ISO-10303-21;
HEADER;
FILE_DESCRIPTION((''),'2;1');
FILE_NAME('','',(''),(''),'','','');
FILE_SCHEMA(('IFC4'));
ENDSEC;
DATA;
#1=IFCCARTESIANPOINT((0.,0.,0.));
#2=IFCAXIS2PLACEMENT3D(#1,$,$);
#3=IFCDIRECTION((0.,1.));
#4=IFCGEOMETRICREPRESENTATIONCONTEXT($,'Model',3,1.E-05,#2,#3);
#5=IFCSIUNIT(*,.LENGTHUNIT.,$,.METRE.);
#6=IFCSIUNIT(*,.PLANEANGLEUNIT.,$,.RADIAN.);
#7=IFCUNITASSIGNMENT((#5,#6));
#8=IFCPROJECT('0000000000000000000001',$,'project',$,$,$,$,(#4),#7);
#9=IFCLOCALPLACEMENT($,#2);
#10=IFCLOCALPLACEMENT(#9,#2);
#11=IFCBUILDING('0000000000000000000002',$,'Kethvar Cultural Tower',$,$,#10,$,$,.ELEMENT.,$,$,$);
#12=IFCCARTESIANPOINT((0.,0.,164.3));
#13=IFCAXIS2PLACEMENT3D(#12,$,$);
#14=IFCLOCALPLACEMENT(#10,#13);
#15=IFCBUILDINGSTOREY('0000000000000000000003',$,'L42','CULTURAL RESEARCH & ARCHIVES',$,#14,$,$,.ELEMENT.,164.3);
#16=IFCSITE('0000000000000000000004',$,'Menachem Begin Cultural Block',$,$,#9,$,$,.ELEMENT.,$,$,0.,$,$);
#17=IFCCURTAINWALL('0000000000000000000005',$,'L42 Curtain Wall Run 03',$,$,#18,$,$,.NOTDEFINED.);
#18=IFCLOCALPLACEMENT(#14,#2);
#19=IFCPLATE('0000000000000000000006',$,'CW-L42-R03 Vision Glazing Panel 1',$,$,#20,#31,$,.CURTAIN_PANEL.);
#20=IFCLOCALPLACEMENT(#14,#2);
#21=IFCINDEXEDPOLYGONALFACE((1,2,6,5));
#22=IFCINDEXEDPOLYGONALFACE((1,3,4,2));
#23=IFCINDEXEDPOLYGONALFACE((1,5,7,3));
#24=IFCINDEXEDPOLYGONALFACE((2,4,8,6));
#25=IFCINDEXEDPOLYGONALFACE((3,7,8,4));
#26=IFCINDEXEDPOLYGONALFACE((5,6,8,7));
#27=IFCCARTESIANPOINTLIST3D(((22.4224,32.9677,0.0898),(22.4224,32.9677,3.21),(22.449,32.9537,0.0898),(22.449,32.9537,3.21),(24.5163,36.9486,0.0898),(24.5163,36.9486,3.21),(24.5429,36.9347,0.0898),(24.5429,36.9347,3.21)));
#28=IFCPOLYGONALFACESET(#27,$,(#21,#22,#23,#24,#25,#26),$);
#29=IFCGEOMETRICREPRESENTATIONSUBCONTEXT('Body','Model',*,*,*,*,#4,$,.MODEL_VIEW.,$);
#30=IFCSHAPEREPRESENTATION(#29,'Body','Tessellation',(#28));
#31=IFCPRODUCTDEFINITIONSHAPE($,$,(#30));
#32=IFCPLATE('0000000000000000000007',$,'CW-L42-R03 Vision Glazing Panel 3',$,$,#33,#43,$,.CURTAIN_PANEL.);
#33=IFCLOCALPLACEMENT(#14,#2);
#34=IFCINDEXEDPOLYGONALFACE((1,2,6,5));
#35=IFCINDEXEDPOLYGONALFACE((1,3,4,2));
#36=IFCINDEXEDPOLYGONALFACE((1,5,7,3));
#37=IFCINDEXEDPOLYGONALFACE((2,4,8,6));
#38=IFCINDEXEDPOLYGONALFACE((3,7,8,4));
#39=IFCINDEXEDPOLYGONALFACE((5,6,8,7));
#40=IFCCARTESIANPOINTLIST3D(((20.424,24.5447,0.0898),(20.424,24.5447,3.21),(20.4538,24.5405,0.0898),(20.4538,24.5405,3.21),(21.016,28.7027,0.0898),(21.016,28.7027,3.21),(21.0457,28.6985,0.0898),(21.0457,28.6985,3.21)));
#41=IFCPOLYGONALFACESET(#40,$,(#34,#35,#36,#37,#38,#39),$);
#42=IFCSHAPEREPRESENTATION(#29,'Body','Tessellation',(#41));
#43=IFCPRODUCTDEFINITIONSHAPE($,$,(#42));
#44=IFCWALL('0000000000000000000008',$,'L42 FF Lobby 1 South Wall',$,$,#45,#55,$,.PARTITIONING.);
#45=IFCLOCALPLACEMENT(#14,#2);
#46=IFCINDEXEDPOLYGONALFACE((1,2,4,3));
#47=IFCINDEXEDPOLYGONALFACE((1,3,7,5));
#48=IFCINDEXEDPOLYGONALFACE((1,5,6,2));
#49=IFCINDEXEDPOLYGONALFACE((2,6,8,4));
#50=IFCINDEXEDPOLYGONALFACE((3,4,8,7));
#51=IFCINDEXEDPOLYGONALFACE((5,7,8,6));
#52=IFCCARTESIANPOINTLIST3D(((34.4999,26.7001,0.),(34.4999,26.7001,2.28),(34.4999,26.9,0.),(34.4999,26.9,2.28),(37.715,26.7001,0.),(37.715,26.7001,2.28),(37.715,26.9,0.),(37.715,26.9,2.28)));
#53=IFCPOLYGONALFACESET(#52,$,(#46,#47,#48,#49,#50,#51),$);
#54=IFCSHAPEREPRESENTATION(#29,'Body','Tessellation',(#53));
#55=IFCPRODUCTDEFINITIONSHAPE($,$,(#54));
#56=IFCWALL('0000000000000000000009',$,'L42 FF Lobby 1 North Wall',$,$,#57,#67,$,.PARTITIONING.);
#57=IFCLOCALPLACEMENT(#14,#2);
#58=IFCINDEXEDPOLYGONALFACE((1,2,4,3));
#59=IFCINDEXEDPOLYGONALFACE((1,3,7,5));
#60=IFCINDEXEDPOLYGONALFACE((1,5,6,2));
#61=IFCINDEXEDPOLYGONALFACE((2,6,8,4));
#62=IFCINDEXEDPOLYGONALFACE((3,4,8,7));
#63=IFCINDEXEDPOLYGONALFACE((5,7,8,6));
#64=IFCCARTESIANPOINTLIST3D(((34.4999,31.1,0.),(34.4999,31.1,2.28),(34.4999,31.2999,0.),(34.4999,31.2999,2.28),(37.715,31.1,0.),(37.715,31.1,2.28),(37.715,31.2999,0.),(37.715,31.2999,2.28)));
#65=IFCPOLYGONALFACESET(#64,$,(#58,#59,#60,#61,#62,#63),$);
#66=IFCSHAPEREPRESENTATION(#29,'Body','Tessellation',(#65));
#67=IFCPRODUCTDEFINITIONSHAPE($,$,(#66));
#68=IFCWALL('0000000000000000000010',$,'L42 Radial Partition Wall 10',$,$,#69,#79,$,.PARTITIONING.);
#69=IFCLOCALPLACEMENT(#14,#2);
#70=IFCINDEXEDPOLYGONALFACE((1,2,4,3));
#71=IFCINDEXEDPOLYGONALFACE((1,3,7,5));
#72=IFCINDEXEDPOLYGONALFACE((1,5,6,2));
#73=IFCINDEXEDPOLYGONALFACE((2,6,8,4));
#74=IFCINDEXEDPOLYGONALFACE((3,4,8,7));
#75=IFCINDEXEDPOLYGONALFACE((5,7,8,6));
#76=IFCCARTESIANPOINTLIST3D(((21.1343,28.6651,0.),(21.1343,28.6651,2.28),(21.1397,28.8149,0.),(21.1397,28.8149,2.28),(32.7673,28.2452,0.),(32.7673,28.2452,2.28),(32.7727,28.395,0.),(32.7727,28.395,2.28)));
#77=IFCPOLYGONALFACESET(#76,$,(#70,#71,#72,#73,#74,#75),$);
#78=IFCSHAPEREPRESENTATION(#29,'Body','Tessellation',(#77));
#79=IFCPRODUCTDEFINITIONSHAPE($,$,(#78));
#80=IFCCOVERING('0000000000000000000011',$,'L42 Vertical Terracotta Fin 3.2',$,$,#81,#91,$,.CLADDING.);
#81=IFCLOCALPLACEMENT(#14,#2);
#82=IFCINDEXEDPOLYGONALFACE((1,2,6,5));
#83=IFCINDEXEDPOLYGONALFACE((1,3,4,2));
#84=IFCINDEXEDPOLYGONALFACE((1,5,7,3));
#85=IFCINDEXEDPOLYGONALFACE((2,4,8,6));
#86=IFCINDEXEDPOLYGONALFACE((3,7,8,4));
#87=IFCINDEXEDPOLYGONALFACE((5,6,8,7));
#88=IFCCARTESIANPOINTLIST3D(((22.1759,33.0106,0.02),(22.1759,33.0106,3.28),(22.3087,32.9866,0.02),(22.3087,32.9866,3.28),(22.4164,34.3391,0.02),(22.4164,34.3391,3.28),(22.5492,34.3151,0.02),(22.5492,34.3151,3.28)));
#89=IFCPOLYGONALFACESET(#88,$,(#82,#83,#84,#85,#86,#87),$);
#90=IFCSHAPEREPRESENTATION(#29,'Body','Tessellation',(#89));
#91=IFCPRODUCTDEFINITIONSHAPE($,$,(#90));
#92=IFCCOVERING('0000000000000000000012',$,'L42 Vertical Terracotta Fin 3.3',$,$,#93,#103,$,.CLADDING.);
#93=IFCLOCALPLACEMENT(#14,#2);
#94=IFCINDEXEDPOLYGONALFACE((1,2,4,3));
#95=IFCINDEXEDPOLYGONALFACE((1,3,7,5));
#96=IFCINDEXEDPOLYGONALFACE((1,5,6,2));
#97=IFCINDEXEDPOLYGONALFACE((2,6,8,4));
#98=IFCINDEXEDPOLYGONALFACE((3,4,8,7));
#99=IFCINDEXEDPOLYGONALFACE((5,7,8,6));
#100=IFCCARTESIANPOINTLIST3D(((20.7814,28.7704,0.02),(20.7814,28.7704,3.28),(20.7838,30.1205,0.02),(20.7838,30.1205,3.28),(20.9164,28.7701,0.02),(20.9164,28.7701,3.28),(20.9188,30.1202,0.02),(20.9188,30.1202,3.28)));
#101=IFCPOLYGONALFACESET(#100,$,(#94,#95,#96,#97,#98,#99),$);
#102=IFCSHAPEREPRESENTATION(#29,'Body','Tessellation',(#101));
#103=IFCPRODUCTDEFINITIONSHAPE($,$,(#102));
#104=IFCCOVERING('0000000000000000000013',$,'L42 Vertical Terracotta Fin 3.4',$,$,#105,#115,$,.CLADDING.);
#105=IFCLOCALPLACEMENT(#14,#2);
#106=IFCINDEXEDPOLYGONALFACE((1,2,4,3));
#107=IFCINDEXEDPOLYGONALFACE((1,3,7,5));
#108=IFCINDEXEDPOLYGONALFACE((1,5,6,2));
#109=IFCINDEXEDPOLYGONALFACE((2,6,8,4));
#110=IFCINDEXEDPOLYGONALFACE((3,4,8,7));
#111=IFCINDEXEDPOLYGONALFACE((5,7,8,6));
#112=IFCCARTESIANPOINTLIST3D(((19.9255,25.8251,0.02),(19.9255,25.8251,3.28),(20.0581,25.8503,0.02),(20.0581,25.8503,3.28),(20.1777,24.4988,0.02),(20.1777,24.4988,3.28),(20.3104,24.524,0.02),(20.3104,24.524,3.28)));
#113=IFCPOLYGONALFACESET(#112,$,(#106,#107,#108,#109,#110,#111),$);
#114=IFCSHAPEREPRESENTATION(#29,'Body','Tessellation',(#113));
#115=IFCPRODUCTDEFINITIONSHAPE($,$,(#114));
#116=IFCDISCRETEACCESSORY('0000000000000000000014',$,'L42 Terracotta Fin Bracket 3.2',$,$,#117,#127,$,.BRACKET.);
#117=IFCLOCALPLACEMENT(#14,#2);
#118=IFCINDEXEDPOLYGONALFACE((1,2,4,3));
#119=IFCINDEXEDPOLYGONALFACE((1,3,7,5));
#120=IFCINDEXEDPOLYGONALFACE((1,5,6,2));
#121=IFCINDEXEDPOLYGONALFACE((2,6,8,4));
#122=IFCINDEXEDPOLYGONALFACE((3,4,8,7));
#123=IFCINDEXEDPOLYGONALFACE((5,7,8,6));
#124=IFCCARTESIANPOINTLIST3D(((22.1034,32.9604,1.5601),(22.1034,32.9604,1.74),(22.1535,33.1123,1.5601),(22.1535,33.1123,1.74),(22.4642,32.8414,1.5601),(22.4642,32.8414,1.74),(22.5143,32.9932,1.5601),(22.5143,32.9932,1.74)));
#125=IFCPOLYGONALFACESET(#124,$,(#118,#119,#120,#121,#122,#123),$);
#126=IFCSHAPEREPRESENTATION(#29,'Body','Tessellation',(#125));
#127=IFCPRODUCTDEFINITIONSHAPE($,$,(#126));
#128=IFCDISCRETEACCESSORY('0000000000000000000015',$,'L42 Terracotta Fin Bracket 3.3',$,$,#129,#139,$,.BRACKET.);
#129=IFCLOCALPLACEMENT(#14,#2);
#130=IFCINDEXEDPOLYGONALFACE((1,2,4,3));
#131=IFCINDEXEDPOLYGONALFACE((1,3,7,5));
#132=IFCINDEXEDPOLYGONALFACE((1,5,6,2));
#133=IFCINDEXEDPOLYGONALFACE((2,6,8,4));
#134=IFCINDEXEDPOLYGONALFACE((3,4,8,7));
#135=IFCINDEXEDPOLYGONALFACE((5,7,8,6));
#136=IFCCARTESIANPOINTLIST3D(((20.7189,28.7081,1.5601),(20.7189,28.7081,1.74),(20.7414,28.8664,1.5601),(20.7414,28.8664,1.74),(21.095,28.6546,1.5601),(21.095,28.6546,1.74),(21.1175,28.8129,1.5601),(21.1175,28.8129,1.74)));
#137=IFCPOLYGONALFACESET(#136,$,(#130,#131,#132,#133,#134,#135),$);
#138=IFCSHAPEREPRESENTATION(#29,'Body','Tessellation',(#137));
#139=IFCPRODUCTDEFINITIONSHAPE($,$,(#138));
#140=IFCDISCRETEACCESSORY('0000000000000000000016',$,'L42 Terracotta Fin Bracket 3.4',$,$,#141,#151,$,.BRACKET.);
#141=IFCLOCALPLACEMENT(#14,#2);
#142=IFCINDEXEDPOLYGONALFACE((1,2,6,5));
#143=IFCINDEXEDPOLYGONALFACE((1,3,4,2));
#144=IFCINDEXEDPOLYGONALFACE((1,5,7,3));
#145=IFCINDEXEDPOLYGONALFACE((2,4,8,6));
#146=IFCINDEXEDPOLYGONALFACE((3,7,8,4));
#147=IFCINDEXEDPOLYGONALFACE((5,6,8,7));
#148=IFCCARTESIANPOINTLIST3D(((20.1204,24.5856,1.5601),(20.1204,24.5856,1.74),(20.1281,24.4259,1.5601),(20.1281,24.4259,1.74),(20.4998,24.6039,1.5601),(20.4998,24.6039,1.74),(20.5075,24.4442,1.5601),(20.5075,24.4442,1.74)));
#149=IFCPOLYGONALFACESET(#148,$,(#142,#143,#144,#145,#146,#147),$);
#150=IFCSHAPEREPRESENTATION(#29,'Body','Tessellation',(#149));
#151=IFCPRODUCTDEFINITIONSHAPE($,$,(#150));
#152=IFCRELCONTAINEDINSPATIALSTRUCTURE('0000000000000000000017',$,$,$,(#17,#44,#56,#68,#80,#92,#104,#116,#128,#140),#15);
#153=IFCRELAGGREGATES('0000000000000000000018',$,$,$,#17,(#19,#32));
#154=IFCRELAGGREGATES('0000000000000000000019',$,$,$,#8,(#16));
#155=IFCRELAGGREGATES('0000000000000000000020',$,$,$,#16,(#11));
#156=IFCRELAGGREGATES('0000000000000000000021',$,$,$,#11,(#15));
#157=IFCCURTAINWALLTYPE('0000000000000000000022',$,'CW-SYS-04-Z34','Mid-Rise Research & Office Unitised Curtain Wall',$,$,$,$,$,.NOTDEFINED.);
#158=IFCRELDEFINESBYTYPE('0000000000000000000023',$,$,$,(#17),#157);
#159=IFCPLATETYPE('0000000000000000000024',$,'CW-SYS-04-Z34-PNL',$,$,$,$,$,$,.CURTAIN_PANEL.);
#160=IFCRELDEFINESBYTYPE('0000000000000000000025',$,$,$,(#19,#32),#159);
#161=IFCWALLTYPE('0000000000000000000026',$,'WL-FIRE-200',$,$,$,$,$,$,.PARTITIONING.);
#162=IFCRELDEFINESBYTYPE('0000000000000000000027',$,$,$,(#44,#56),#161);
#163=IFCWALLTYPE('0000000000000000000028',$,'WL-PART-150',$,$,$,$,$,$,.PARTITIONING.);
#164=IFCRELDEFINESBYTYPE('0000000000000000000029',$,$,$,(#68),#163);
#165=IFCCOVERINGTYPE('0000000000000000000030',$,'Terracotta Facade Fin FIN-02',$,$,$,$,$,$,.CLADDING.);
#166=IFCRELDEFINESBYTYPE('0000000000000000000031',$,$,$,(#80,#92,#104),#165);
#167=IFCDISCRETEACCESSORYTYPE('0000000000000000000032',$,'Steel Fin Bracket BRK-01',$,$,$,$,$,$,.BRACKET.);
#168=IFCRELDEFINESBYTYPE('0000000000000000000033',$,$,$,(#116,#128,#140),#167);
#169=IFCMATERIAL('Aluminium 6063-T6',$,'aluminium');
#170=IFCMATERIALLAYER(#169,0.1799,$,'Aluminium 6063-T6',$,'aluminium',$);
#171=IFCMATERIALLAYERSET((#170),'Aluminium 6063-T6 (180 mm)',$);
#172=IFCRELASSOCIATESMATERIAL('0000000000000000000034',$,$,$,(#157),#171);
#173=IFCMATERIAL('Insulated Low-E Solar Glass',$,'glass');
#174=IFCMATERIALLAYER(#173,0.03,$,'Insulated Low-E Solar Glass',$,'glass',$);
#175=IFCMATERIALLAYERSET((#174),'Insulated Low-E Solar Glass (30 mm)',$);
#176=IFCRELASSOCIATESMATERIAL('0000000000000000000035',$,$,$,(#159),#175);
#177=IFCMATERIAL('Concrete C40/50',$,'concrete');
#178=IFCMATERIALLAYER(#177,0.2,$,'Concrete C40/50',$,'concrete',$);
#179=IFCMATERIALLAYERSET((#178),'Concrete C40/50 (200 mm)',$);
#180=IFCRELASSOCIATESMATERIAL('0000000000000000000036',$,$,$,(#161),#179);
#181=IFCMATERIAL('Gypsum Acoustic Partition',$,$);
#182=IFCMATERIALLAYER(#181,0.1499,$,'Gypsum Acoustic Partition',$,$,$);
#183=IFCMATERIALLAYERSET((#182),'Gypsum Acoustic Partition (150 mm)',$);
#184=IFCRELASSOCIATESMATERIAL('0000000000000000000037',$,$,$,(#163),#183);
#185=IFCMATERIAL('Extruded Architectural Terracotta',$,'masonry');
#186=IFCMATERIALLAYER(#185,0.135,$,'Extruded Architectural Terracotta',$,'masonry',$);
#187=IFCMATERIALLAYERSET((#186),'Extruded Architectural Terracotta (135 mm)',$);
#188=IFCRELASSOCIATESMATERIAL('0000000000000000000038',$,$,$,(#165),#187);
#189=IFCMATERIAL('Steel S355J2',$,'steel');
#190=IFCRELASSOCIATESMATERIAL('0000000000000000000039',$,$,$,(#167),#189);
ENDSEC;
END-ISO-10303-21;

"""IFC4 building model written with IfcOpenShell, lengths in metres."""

from ifc_helpers import new_model, si_unit, direction, frame, frame_2d, origin, origin_2d, place, context, subcontext, project, spatial, rectangle, extrude, source, transform, mapped, material, layer, layer_set, type_object, element, aggregate, save


model = new_model("IFC4")

# Units and contexts
model_context = context("Model", 3, precision=1e-05, world=origin(), true_north=direction((0.0, 1.0)))
body_context = subcontext(model_context, "Body", "Model", "MODEL_VIEW")
ifc_project = project(units=[si_unit("LENGTHUNIT", "METRE"), si_unit("PLANEANGLEUNIT", "RADIAN")], contexts=[model_context])

# Site, building, storey
site_placement = place(None, origin())
site = spatial("IfcSite", under=ifc_project, at=site_placement, Name="Menachem Begin Cultural Block", CompositionType="ELEMENT", RefElevation=0.0)
building_placement = place(site_placement, origin())
building = spatial("IfcBuilding", under=site, at=building_placement, Name="Kethvar Cultural Tower", CompositionType="ELEMENT")
storey_placement = place(building_placement, frame((0.0, 0.0, 164.3)))
storey = spatial("IfcBuildingStorey", under=building, at=storey_placement, Name="L42", Description="CULTURAL RESEARCH & ARCHIVES", CompositionType="ELEMENT", Elevation=164.3)

# Shared definitions
ifc_material_1 = material(Name="Steel S355J2", Category="steel")

# Curtain wall, plates
ifc_material_2 = material(Name="Aluminium 6063-T6", Category="aluminium")
ifc_layer_1 = layer(ifc_material_2, 0.1799, Name="Aluminium 6063-T6", Category="aluminium")
ifc_layer_set_1 = layer_set([ifc_layer_1], Name="Aluminium 6063-T6 (180 mm)")
curtain_wall_type = type_object("IfcCurtainWallType", Name="CW-SYS-04-Z34", Description="Mid-Rise Research & Office Unitised Curtain Wall", PredefinedType="NOTDEFINED", material=ifc_layer_set_1)
curtain_wall_placement = place(storey_placement, origin())
curtain_wall = element("IfcCurtainWall", 1, at=curtain_wall_placement, inside=storey, type_object=curtain_wall_type, Name="L42 Curtain Wall Run 03", PredefinedType="NOTDEFINED")
ifc_material_3 = material(Name="Insulated Low-E Solar Glass", Category="glass")
ifc_layer_2 = layer(ifc_material_3, 0.03, Name="Insulated Low-E Solar Glass", Category="glass")
ifc_layer_set_2 = layer_set([ifc_layer_2], Name="Insulated Low-E Solar Glass (30 mm)")
plate_type = type_object("IfcPlateType", Name="CW-SYS-04-Z34-PNL", PredefinedType="CURTAIN_PANEL", material=ifc_layer_set_2)
shared_shape_1 = source(origin(), body_context, "Body", "SweptSolid", [
    extrude(rectangle(XDim=4.498, YDim=0.03, at=origin_2d()), origin(), (0.0, 0.0, 1.0), 3.1201),
])
plate_1_placement = place(storey_placement, frame((23.4827, 34.9512, 0.0898), z_axis=(0.0, 0.0, 1.0), x_axis=(-0.465506, -0.885045, 0.0)))
plate_1 = element("IfcPlate", 2, at=plate_1_placement, type_object=plate_type, Name="CW-L42-R03 Vision Glazing Panel 1", PredefinedType="CURTAIN_PANEL", context=body_context, shape_type="MappedRepresentation", body=[
    mapped(shared_shape_1, transform((0.0, 0.0, 0.0), scale=1.0)),
])
shared_shape_2 = source(origin(), body_context, "Body", "SweptSolid", [
    extrude(rectangle(XDim=4.2, YDim=0.03, at=origin_2d()), origin(), (0.0, 0.0, 1.0), 3.1201),
])
plate_2_placement = place(storey_placement, frame((20.7349, 26.6216, 0.0898), z_axis=(0.0, 0.0, 1.0), x_axis=(-0.140936, -0.990019, 0.0)))
plate_2 = element("IfcPlate", 3, at=plate_2_placement, type_object=plate_type, Name="CW-L42-R03 Vision Glazing Panel 3", PredefinedType="CURTAIN_PANEL", context=body_context, shape_type="MappedRepresentation", body=[
    mapped(shared_shape_2, transform((0.0, 0.0, 0.0), scale=1.0)),
])
aggregate(curtain_wall, [plate_1, plate_2])

# Shared definitions
ifc_material_4 = material(Name="Concrete C40/50", Category="concrete")
ifc_layer_3 = layer(ifc_material_4, 0.2, Name="Concrete C40/50", Category="concrete")
ifc_layer_set_3 = layer_set([ifc_layer_3], Name="Concrete C40/50 (200 mm)")
wall_type_1 = type_object("IfcWallType", Name="WL-FIRE-200", PredefinedType="PARTITIONING", material=ifc_layer_set_3)

# Walls
for number, where, z_axis, x_axis, name in (
    (4, (34.5, 26.8, 0.0), (0.0, 0.0, 1.0), (1.0, 0.0, 0.0), "L42 FF Lobby 1 South Wall"),
    (5, (34.5, 31.2, 0.0), (0.0, 0.0, 1.0), (1.0, 0.0, 0.0), "L42 FF Lobby 1 North Wall"),
):
    element("IfcWall", number, at=place(storey_placement, frame(where, z_axis=z_axis, x_axis=x_axis)), inside=storey, type_object=wall_type_1, Name=name, PredefinedType="PARTITIONING", context=body_context, shape_type="SweptSolid", body=[
        extrude(rectangle(XDim=3.2151, YDim=0.2, at=frame_2d((1.6074, 0.0))), origin(), (0.0, 0.0, 1.0), 2.28),
    ])
ifc_material_5 = material(Name="Gypsum Acoustic Partition")
ifc_layer_4 = layer(ifc_material_5, 0.1499, Name="Gypsum Acoustic Partition")
ifc_layer_set_4 = layer_set([ifc_layer_4], Name="Gypsum Acoustic Partition (150 mm)")
wall_type_2 = type_object("IfcWallType", Name="WL-PART-150", PredefinedType="PARTITIONING", material=ifc_layer_set_4)
wall_1_placement = place(storey_placement, frame((32.77, 28.3201, 0.0), z_axis=(0.0, 0.0, 1.0), x_axis=(-0.999349, 0.036074, 0.0)))
element("IfcWall", 6, at=wall_1_placement, inside=storey, type_object=wall_type_2, Name="L42 Radial Partition Wall 10", PredefinedType="PARTITIONING", context=body_context, shape_type="SweptSolid", body=[
    extrude(rectangle(XDim=11.6406, YDim=0.1499, at=frame_2d((5.8203, 0.0))), origin(), (0.0, 0.0, 1.0), 2.28),
])

# Coverings
ifc_material_6 = material(Name="Extruded Architectural Terracotta", Category="masonry")
ifc_layer_5 = layer(ifc_material_6, 0.135, Name="Extruded Architectural Terracotta", Category="masonry")
ifc_layer_set_5 = layer_set([ifc_layer_5], Name="Extruded Architectural Terracotta (135 mm)")
covering_type = type_object("IfcCoveringType", Name="Terracotta Facade Fin FIN-02", PredefinedType="CLADDING", material=ifc_layer_set_5)
shared_shape_3 = source(origin(), body_context, "Body", "SweptSolid", [
    extrude(rectangle(XDim=1.3501, YDim=0.135, at=origin_2d()), origin(), (0.0, 0.0, 1.0), 3.26),
])
for number, where, z_axis, x_axis, name in (
    (7, (22.3625, 33.6628, 0.02), (0.0, 0.0, 1.0), (0.178115, 0.98401, 0.0), "L42 Vertical Terracotta Fin 3.2"),
    (8, (20.8501, 29.4453, 0.02), (0.0, 0.0, 1.0), (0.001745, 0.999998, 0.0), "L42 Vertical Terracotta Fin 3.3"),
    (9, (20.1179, 25.1746, 0.02), (0.0, 0.0, 1.0), (-0.186867, 0.982385, 0.0), "L42 Vertical Terracotta Fin 3.4"),
):
    element("IfcCovering", number, at=place(storey_placement, frame(where, z_axis=z_axis, x_axis=x_axis)), inside=storey, type_object=covering_type, Name=name, PredefinedType="CLADDING", context=body_context, shape_type="MappedRepresentation", body=[
        mapped(shared_shape_3, transform((0.0, 0.0, 0.0), scale=1.0)),
    ])

# Discrete accessories
discrete_accessory_type = type_object("IfcDiscreteAccessoryType", Name="Steel Fin Bracket BRK-01", PredefinedType="BRACKET", material=ifc_material_1)
shared_shape_4 = source(origin(), body_context, "Body", "SweptSolid", [
    extrude(rectangle(XDim=0.3799, YDim=0.1599, at=origin_2d()), origin(), (0.0, 0.0, 1.0), 0.1799),
])
for number, where, z_axis, x_axis, name in (
    (10, (22.3088, 32.9768, 1.5601), (0.0, 0.0, 1.0), (-0.949644, 0.31333, 0.0), "L42 Terracotta Fin Bracket 3.2"),
    (11, (20.9182, 28.7605, 1.5601), (0.0, 0.0, 1.0), (-0.990024, 0.140901, 0.0), "L42 Terracotta Fin Bracket 3.3"),
    (12, (20.314, 24.5149, 1.5601), (0.0, 0.0, 1.0), (-0.998832, -0.048327, 0.0), "L42 Terracotta Fin Bracket 3.4"),
):
    element("IfcDiscreteAccessory", number, at=place(storey_placement, frame(where, z_axis=z_axis, x_axis=x_axis)), inside=storey, type_object=discrete_accessory_type, Name=name, PredefinedType="BRACKET", context=body_context, shape_type="MappedRepresentation", body=[
        mapped(shared_shape_4, transform((0.0, 0.0, 0.0), scale=1.0)),
    ])

save(model, "model.ifc")
